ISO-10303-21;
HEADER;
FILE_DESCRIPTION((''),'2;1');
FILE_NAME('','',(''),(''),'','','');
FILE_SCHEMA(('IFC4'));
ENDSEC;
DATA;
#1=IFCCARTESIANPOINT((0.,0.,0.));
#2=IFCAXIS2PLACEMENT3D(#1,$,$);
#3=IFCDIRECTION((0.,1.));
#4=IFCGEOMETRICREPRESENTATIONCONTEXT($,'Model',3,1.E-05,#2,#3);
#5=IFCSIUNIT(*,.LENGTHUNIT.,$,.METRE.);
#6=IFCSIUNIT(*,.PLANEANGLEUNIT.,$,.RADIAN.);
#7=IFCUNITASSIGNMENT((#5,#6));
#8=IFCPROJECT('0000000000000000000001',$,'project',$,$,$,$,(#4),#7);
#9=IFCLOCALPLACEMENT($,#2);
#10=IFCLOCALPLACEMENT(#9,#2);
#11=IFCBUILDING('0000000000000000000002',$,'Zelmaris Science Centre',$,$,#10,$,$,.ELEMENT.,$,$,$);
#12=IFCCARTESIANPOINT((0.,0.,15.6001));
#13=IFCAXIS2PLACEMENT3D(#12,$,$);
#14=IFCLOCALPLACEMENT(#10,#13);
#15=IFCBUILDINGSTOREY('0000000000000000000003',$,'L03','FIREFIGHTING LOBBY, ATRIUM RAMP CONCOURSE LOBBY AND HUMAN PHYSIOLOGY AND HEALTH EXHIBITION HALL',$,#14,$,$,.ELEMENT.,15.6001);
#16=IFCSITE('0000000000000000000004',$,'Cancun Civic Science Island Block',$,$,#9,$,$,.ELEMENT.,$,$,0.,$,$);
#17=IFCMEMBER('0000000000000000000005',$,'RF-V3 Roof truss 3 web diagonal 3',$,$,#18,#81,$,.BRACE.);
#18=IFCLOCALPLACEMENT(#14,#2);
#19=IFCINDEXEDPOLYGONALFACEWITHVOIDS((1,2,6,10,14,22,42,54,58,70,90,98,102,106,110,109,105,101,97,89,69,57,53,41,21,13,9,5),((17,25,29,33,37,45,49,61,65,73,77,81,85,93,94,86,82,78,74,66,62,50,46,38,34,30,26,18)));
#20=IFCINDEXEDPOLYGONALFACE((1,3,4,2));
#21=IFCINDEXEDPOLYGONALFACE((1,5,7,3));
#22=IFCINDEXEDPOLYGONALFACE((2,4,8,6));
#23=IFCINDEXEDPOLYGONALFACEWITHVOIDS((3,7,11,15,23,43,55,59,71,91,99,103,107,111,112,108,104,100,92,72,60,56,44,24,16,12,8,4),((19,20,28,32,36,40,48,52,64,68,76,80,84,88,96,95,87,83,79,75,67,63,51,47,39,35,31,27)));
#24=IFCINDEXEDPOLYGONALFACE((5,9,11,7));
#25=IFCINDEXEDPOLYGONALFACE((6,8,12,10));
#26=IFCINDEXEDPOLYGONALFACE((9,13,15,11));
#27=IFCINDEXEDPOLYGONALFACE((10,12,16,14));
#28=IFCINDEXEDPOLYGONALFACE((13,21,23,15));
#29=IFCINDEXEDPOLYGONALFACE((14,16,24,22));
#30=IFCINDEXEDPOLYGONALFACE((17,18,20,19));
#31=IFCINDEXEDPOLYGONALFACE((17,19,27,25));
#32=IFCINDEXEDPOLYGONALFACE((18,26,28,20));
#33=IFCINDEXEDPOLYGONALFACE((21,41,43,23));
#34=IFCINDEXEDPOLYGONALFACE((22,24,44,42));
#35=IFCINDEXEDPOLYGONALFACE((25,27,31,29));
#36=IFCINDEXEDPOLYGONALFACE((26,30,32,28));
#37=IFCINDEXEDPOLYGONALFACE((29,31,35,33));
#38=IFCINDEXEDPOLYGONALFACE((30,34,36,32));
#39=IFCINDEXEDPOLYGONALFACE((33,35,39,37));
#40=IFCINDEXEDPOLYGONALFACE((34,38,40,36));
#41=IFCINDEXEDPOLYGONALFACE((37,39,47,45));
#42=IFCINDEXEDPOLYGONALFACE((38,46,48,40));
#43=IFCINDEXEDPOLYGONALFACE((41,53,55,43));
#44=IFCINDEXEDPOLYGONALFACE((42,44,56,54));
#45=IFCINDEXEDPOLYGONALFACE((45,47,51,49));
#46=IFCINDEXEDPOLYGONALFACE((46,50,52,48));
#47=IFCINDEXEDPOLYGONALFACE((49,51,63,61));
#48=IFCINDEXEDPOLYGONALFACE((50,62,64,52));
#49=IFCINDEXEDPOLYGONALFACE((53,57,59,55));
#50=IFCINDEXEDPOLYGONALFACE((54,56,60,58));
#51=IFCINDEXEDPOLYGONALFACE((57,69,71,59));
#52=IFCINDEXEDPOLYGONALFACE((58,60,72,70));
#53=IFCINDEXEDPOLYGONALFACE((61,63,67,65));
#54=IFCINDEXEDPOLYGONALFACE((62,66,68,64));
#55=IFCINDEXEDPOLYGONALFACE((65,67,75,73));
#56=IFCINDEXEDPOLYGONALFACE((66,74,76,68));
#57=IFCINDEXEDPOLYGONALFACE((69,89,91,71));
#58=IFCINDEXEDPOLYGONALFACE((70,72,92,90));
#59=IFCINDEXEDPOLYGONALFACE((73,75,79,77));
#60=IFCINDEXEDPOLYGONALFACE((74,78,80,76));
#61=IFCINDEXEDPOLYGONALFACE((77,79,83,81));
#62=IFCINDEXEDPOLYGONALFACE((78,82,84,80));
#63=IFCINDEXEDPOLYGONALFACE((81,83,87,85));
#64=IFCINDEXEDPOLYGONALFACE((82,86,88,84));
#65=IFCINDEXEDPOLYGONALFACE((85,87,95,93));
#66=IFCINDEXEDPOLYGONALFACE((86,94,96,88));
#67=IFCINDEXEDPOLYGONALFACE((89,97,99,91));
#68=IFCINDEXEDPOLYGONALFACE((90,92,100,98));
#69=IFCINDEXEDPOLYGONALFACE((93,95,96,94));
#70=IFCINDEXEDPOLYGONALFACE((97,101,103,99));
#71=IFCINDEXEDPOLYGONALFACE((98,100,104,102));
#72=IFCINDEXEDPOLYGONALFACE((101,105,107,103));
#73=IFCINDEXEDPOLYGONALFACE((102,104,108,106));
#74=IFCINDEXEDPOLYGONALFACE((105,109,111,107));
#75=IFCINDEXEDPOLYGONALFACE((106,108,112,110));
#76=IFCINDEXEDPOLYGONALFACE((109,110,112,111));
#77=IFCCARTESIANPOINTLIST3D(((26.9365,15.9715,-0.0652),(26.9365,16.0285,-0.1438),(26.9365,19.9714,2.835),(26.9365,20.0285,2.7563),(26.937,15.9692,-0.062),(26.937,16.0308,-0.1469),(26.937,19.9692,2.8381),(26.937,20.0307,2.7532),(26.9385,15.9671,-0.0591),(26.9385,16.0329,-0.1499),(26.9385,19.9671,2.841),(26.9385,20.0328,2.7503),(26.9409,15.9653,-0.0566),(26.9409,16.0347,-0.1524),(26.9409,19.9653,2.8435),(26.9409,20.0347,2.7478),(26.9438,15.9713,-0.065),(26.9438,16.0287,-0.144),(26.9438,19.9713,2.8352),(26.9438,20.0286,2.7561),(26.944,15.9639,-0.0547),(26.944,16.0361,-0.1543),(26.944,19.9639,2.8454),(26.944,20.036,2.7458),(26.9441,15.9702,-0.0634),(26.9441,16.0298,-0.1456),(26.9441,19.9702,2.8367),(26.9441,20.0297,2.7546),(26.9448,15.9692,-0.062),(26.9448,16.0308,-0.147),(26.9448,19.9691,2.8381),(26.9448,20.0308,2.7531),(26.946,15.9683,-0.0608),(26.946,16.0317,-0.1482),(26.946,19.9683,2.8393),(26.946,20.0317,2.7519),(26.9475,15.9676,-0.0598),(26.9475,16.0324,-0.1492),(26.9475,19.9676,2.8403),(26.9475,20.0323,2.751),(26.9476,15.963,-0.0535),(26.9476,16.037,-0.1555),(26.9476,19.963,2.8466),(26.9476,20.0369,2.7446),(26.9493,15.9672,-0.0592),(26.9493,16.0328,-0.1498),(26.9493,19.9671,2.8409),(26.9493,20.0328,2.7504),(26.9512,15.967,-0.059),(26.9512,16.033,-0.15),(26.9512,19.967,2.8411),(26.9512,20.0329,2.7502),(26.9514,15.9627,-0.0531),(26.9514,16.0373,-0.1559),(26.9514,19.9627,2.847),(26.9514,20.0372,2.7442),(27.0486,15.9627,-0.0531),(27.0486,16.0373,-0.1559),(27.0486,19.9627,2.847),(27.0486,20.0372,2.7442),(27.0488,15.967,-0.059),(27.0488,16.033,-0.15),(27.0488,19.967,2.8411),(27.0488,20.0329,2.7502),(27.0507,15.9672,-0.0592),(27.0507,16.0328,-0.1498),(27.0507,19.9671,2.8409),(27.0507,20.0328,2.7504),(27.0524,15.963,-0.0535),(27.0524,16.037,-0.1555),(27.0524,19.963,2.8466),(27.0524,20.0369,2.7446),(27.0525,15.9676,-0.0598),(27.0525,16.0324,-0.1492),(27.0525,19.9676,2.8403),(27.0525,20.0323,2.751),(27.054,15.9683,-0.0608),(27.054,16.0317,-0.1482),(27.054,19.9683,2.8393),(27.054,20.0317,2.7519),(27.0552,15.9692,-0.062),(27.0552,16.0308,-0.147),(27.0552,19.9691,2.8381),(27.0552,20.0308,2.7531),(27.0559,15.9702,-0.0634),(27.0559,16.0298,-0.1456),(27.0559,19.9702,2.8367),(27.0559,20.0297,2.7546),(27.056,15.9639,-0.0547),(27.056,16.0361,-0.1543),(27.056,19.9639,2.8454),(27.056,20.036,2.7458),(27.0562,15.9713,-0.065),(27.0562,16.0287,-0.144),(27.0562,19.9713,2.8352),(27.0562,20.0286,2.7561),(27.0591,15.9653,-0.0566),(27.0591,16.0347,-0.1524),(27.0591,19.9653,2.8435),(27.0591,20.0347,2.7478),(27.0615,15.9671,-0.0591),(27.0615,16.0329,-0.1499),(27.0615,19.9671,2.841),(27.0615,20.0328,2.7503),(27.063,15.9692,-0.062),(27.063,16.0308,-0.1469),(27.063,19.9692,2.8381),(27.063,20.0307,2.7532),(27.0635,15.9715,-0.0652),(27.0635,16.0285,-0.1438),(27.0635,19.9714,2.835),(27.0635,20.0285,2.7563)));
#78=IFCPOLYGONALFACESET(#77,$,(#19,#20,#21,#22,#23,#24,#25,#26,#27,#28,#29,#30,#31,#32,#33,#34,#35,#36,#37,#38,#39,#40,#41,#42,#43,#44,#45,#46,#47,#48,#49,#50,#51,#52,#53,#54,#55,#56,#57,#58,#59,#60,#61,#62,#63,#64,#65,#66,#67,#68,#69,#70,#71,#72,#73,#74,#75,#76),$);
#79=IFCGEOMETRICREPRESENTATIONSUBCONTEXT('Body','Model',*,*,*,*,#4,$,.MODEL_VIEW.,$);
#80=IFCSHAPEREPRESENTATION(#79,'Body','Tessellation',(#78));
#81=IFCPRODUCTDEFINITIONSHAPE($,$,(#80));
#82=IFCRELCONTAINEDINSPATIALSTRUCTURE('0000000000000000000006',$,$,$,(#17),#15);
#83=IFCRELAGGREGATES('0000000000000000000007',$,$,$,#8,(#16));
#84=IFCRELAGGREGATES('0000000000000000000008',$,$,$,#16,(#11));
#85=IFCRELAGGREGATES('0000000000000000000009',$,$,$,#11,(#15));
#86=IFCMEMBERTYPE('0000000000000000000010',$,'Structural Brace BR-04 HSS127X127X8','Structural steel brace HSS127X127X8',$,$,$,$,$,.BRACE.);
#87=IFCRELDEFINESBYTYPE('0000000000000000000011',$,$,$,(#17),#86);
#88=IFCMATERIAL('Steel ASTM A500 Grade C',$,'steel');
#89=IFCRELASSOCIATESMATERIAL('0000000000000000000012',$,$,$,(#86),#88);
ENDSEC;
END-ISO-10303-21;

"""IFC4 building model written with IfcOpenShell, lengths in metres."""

from ifc_helpers import new_model, si_unit, direction, frame, origin, origin_2d, place, context, subcontext, project, spatial, hollow_rectangle, extrude, material, material_profile, profile_set, type_object, element, save


model = new_model("IFC4")

# Units and contexts
model_context = context("Model", 3, precision=1e-05, world=origin(), true_north=direction((0.0, 1.0)))
body_context = subcontext(model_context, "Body", "Model", "MODEL_VIEW")
ifc_project = project(units=[si_unit("LENGTHUNIT", "METRE"), si_unit("PLANEANGLEUNIT", "RADIAN")], contexts=[model_context])

# Site, building, storey
site_placement = place(None, origin())
site = spatial("IfcSite", under=ifc_project, at=site_placement, Name="Cancun Civic Science Island Block", CompositionType="ELEMENT", RefElevation=0.0)
building_placement = place(site_placement, origin())
building = spatial("IfcBuilding", under=site, at=building_placement, Name="Zelmaris Science Centre", CompositionType="ELEMENT")
storey_placement = place(building_placement, frame((0.0, 0.0, 15.6001)))
storey = spatial("IfcBuildingStorey", under=building, at=storey_placement, Name="L03", Description="FIREFIGHTING LOBBY, ATRIUM RAMP CONCOURSE LOBBY AND HUMAN PHYSIOLOGY AND HEALTH EXHIBITION HALL", CompositionType="ELEMENT", Elevation=15.6001)

# Shared definitions
ifc_material = material(Name="Steel ASTM A500 Grade C", Category="steel")

# Member
ifc_material_profile_1 = material_profile(ifc_material, hollow_rectangle(XDim=0.127, YDim=0.127, WallThickness=0.0073, InnerFilletRadius=0.0073, OuterFilletRadius=0.0149, at=origin_2d()), Name="HSS127X127X8")
ifc_profile_set_1 = profile_set([ifc_material_profile_1], Name="Steel ASTM A500 Grade C")
member_type_1 = type_object("IfcMemberType", Name="Structural Brace BR-04 HSS127X127X8", Description="Structural steel brace HSS127X127X8", PredefinedType="BRACE", material=ifc_profile_set_1)
member_1_placement = place(storey_placement, frame((27.0, 16.0, -0.1045), z_axis=(0.0, 0.809596, 0.586987), x_axis=(-1.0, 0.0, 0.0)))
element("IfcMember", 1, at=member_1_placement, inside=storey, type_object=member_type_1, Name="RF-V3 Roof truss 3 web diagonal 3", PredefinedType="BRACE", context=body_context, shape_type="SweptSolid", body=[
    extrude(hollow_rectangle(XDim=0.127, YDim=0.127, WallThickness=0.0073, InnerFilletRadius=0.0073, OuterFilletRadius=0.0149, at=origin_2d()), origin(), (0.0, 0.0, 1.0), 4.9407),
])

save(model, "model.ifc")
